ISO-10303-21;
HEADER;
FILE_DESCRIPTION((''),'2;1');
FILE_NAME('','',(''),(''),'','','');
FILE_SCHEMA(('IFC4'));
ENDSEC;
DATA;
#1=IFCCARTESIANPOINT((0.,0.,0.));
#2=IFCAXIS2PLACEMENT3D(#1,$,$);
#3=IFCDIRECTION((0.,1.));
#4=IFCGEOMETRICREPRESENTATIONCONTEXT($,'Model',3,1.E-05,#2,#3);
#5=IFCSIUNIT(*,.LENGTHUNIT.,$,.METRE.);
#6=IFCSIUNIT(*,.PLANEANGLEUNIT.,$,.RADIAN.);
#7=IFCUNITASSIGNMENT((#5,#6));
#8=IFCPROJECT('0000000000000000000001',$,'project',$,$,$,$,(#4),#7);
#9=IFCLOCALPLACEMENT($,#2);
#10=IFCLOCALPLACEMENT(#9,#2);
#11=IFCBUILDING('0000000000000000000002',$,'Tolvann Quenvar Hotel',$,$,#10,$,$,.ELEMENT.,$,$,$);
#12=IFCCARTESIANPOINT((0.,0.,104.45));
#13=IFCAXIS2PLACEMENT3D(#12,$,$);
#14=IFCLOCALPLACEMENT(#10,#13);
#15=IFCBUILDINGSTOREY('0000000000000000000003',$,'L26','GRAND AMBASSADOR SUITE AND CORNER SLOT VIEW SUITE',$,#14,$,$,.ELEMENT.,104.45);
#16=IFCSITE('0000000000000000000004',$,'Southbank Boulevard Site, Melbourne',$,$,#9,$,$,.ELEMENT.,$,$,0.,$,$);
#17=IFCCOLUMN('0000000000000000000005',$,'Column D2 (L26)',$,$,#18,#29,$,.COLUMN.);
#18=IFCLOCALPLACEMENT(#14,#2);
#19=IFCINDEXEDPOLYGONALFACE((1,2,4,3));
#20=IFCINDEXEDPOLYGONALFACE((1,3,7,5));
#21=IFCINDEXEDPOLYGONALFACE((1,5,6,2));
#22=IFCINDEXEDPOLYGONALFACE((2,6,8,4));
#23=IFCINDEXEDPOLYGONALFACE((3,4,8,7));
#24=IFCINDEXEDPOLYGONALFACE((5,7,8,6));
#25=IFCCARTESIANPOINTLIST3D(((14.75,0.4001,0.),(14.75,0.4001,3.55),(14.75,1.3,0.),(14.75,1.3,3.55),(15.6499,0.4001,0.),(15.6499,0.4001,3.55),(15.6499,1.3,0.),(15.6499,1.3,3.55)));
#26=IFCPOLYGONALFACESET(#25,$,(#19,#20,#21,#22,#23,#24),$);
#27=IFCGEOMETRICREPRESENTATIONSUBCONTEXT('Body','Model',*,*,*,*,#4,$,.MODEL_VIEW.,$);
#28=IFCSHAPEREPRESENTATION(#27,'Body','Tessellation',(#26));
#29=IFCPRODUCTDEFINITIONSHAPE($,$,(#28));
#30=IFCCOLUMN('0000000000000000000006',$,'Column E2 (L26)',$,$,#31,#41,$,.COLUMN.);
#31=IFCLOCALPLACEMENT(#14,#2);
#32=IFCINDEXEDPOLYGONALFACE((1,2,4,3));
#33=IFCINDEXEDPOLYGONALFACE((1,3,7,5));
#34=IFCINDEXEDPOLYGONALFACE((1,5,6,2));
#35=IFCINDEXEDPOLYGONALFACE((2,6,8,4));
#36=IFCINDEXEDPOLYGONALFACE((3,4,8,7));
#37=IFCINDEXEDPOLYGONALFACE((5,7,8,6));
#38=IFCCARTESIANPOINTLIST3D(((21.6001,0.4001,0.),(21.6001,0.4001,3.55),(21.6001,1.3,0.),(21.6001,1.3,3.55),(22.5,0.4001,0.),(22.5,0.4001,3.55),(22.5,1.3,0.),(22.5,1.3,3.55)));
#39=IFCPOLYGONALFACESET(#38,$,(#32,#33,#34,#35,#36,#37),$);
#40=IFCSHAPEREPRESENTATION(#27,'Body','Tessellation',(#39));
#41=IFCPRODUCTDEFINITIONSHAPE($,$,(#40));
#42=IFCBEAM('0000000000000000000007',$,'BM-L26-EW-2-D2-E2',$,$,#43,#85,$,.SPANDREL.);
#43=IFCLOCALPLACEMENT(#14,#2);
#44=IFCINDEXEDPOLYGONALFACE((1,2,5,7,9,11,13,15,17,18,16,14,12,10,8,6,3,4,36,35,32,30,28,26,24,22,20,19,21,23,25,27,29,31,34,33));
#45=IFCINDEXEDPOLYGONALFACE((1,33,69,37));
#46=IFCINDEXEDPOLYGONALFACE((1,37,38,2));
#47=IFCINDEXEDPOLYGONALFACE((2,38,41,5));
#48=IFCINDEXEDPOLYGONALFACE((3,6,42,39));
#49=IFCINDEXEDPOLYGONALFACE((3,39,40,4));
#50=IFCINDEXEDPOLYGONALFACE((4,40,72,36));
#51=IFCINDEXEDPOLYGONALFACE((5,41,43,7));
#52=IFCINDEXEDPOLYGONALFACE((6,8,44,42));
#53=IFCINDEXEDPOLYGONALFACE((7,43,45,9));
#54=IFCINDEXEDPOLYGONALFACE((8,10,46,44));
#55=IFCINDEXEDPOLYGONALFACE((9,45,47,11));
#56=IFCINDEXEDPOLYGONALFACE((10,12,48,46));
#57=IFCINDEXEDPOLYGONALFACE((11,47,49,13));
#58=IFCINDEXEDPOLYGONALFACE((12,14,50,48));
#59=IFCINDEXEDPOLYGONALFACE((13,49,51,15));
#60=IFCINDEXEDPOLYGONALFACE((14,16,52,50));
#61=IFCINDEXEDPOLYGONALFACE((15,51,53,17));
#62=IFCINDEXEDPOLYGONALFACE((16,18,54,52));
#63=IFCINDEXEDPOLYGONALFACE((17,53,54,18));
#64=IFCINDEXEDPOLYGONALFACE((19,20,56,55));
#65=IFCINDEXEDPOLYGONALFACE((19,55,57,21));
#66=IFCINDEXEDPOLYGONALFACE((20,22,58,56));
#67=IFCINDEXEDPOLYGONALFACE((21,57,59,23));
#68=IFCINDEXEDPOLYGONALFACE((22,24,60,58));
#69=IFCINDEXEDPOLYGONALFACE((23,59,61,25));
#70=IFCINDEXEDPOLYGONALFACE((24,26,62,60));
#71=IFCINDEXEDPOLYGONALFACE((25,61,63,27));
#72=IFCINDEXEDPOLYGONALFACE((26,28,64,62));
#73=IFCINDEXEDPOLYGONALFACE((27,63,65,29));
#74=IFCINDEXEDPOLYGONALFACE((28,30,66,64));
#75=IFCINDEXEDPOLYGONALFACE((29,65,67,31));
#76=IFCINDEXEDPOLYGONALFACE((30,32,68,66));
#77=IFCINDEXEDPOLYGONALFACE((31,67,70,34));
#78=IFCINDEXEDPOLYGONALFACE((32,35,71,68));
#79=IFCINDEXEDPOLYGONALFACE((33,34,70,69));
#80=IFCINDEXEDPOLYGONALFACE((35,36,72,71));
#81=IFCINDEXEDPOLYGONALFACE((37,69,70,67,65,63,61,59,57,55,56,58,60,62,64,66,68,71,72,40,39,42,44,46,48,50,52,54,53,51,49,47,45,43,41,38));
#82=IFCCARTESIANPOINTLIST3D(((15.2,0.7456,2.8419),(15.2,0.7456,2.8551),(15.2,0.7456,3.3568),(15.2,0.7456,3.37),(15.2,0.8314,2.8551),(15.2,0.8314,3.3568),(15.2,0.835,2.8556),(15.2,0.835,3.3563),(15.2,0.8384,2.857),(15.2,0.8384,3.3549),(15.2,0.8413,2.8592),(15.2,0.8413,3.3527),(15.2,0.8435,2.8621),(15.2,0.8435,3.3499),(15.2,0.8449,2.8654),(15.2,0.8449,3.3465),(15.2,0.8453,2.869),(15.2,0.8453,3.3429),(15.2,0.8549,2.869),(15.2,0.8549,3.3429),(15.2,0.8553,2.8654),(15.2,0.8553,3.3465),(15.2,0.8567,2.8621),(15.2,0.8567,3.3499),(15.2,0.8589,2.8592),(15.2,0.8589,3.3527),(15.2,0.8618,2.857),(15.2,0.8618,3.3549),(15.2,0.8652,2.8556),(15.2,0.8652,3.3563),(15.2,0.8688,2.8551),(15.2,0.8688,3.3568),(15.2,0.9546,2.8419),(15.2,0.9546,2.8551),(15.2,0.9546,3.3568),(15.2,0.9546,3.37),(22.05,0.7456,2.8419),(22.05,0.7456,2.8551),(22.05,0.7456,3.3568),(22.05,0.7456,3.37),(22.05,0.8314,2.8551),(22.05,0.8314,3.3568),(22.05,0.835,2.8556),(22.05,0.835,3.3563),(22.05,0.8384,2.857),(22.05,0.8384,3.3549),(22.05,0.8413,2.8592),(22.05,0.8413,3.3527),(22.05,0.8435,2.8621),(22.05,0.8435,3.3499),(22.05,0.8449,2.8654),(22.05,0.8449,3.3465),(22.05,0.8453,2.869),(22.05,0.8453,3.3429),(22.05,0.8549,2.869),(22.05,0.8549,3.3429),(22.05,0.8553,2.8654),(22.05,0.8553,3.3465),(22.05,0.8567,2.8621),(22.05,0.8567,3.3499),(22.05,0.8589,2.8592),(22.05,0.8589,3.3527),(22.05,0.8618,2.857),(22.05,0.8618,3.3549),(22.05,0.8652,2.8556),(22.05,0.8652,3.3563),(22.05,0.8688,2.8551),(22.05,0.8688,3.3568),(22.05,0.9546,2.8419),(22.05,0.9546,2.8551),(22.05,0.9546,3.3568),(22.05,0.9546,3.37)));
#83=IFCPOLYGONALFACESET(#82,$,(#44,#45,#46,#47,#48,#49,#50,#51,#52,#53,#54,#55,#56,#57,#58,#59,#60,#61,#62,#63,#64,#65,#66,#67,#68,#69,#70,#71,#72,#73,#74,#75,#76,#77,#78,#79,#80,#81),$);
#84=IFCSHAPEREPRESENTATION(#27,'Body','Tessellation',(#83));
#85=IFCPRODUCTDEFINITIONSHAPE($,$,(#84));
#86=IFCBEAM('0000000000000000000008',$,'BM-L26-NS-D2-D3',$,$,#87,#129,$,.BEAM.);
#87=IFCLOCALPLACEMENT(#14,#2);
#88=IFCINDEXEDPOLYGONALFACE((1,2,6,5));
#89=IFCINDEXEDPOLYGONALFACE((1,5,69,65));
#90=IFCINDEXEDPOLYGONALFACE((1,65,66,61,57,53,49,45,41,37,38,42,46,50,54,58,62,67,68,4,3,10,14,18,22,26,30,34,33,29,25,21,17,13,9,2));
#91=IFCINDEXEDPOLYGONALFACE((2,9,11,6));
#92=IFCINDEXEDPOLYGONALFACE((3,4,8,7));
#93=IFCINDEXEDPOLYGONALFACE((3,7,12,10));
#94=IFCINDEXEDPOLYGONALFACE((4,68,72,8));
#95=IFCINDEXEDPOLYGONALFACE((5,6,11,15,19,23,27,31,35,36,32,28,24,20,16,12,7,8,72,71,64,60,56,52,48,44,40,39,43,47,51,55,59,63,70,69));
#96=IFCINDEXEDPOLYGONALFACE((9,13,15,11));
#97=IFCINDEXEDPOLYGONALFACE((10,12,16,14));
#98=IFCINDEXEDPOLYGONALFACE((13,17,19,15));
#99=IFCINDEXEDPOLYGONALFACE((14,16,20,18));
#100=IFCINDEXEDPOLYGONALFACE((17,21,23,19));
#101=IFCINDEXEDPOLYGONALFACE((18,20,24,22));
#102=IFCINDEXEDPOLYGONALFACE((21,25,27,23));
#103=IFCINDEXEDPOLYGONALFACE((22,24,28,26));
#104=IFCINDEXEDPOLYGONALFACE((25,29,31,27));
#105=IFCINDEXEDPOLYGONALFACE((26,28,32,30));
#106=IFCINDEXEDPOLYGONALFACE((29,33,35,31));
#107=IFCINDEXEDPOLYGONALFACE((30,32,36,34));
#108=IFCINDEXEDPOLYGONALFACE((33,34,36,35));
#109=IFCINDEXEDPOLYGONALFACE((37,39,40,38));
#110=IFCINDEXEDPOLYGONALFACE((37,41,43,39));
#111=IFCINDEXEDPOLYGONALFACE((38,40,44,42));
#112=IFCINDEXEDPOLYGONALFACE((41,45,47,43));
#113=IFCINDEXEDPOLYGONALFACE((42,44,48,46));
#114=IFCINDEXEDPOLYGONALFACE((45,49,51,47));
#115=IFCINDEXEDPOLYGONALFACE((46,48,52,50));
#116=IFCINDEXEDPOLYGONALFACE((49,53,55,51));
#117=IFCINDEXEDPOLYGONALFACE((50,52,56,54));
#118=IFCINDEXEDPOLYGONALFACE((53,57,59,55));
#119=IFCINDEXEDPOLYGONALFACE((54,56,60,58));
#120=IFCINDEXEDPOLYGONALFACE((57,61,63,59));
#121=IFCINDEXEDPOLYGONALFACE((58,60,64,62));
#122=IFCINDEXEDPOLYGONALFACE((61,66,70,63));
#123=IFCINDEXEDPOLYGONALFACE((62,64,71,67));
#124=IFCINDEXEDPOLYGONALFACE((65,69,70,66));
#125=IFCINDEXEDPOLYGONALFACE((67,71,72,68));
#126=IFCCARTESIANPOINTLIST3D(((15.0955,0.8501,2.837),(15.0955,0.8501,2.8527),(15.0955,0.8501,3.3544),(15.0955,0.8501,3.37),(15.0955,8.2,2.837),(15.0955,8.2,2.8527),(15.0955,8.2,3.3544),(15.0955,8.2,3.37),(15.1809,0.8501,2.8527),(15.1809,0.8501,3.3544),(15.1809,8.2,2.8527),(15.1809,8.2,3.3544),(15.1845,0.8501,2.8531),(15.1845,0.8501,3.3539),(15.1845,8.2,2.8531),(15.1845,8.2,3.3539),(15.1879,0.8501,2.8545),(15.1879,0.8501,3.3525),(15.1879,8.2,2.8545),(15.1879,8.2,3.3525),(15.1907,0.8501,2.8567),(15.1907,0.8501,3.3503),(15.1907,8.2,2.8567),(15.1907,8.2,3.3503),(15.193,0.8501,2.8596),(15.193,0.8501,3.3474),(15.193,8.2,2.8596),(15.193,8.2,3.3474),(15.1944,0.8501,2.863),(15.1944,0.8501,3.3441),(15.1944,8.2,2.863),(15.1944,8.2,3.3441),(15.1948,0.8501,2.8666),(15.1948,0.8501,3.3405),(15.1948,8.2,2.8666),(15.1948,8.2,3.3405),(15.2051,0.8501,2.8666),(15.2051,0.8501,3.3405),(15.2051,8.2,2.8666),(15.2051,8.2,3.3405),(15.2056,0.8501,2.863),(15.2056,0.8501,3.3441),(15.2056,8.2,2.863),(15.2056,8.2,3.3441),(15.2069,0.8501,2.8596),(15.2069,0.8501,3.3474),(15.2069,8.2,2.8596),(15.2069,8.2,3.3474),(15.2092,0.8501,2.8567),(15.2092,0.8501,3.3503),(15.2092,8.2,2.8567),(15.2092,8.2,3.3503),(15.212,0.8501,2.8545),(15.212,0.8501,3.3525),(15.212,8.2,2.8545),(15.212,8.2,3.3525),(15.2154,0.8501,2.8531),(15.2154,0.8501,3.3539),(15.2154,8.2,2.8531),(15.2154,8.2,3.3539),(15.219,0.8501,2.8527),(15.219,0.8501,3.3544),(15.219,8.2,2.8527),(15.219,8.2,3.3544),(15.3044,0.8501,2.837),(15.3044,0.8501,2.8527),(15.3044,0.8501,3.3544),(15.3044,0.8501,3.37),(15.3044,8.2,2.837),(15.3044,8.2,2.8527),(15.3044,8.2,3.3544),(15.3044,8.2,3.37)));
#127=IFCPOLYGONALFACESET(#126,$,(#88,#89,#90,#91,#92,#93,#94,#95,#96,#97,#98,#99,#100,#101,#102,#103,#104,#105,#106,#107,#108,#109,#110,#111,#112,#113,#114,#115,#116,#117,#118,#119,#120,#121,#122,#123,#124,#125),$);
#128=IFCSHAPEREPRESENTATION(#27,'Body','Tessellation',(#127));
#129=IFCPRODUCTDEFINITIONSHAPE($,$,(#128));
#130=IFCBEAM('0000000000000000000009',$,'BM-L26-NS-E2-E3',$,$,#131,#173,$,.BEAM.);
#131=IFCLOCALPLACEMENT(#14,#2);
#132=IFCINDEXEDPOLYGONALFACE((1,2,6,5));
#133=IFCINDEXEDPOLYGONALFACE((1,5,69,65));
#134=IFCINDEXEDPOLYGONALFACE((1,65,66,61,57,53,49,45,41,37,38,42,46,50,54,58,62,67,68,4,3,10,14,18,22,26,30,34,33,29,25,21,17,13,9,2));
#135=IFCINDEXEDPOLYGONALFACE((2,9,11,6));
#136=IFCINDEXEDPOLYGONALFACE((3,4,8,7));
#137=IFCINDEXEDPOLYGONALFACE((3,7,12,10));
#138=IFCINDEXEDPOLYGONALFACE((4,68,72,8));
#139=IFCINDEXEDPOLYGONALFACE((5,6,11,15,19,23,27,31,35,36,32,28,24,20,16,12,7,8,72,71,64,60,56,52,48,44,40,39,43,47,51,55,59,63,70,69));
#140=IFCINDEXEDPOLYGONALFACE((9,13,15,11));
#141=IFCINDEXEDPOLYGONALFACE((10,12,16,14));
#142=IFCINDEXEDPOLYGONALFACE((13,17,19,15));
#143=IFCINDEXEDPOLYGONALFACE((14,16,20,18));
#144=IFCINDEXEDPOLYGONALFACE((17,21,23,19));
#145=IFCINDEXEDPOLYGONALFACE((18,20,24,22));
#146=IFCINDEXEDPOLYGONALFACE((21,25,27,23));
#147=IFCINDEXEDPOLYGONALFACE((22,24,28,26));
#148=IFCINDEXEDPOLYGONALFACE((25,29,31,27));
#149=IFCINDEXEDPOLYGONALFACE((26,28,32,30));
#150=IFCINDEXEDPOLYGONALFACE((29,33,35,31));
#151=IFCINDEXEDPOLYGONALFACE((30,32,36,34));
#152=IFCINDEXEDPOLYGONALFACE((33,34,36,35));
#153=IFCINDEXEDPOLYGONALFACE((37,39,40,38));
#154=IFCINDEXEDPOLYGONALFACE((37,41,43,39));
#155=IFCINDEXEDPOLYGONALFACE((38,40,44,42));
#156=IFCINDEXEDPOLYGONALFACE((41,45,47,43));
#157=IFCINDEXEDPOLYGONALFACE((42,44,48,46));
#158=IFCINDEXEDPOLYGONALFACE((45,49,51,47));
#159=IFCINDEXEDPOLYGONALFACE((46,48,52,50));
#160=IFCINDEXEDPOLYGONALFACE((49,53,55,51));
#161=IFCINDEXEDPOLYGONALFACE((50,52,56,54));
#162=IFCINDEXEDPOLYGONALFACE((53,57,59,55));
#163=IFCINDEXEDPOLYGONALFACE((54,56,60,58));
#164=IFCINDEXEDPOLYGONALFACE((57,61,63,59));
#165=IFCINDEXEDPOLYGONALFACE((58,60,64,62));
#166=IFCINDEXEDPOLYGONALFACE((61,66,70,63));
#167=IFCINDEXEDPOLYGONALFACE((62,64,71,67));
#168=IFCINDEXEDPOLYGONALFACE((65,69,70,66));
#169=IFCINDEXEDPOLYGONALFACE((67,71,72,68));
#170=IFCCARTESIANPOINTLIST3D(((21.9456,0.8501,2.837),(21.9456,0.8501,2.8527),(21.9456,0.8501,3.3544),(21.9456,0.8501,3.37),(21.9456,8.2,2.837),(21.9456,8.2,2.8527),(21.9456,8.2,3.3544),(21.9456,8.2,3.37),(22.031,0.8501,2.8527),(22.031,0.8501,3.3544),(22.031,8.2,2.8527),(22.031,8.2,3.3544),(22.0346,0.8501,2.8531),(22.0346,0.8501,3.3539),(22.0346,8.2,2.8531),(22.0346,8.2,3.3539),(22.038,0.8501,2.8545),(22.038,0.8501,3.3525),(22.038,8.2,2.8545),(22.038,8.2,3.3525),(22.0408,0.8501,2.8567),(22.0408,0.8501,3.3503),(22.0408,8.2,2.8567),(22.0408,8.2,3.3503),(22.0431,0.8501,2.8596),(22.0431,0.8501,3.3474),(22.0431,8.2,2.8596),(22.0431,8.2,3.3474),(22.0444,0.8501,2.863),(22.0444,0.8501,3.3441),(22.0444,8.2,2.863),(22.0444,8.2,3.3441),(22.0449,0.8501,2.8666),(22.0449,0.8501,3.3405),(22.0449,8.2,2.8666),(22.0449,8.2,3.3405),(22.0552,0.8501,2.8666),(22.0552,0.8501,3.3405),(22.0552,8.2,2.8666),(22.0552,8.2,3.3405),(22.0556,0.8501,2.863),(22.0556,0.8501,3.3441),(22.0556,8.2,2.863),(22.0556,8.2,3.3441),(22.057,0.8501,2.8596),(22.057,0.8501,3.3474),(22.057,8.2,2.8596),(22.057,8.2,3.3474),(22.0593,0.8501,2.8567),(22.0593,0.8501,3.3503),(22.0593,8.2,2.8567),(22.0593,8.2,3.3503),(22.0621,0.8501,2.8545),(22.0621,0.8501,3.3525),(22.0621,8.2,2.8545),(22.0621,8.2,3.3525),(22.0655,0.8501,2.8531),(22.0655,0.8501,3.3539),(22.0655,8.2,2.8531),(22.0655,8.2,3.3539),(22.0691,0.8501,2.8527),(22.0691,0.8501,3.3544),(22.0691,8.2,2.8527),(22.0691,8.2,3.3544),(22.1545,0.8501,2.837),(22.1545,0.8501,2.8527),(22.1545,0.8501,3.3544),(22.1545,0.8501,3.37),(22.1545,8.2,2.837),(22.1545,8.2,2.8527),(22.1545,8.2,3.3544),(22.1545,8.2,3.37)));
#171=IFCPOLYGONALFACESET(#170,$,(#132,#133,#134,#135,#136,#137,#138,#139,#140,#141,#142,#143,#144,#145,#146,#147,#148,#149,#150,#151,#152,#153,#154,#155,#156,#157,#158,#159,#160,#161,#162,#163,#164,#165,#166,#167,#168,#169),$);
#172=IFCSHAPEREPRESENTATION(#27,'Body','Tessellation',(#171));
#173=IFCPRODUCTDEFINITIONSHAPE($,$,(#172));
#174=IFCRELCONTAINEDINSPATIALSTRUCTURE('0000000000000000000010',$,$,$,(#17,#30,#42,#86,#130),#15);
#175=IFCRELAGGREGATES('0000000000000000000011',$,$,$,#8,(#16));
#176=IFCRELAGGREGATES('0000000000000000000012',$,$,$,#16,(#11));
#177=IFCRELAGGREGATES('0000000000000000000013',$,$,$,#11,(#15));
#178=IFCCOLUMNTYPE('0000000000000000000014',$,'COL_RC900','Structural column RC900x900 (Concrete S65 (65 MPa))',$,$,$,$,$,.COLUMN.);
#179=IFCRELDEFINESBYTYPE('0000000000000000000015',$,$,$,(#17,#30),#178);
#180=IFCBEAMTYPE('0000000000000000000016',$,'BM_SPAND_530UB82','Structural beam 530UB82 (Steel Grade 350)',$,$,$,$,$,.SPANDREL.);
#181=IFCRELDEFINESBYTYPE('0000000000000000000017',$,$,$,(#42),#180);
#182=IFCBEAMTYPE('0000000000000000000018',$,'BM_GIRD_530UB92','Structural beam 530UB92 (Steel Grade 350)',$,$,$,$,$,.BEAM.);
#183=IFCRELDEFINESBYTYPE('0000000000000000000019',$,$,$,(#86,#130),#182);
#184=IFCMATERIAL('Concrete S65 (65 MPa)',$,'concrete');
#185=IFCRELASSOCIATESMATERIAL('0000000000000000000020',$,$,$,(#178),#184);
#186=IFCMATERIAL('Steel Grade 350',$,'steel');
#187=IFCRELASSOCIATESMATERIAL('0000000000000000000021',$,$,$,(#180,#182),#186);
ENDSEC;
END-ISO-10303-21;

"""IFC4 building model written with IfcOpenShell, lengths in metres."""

from ifc_helpers import new_model, si_unit, direction, frame, origin, origin_2d, place, context, subcontext, project, spatial, rectangle, i_section, extrude, source, transform, mapped, material, material_profile, profile_set, type_object, type_shapes, element, save


model = new_model("IFC4")

# Units and contexts
model_context = context("Model", 3, precision=1e-05, world=origin(), true_north=direction((0.0, 1.0)))
body_context = subcontext(model_context, "Body", "Model", "MODEL_VIEW")
ifc_project = project(units=[si_unit("LENGTHUNIT", "METRE"), si_unit("PLANEANGLEUNIT", "RADIAN")], contexts=[model_context])

# Site, building, storey
site_placement = place(None, origin())
site = spatial("IfcSite", under=ifc_project, at=site_placement, Name="Southbank Boulevard Site, Melbourne", CompositionType="ELEMENT", RefElevation=0.0)
building_placement = place(site_placement, origin())
building = spatial("IfcBuilding", under=site, at=building_placement, Name="Tolvann Quenvar Hotel", CompositionType="ELEMENT")
storey_placement = place(building_placement, frame((0.0, 0.0, 104.45)))
storey = spatial("IfcBuildingStorey", under=building, at=storey_placement, Name="L26", Description="GRAND AMBASSADOR SUITE AND CORNER SLOT VIEW SUITE", CompositionType="ELEMENT", Elevation=104.45)

# Columns
ifc_material_1 = material(Name="Concrete S65 (65 MPa)", Category="concrete")
ifc_material_profile_1 = material_profile(ifc_material_1, rectangle(XDim=0.8999, YDim=0.8999, at=origin_2d()), Name="RC900x900")
ifc_profile_set_1 = profile_set([ifc_material_profile_1], Name="Concrete S65 (65 MPa)")
column_type = type_object("IfcColumnType", Name="COL_RC900", Description="Structural column RC900x900 (Concrete S65 (65 MPa))", PredefinedType="COLUMN", material=ifc_profile_set_1)
shared_shape_1 = source(origin(), body_context, "Body", "SweptSolid", [
    extrude(rectangle(XDim=0.8999, YDim=0.8999, at=origin_2d()), origin(), (0.0, 0.0, 1.0), 3.55),
])
type_shapes(column_type, [shared_shape_1])
for number, where, z_axis, x_axis, name in (
    (1, (15.2, 0.8501, 0.0), (0.0, 0.0, 1.0), (1.0, 0.0, 0.0), "Column D2 (L26)"),
    (2, (22.05, 0.8501, 0.0), (0.0, 0.0, 1.0), (1.0, 0.0, 0.0), "Column E2 (L26)"),
):
    element("IfcColumn", number, at=place(storey_placement, frame(where, z_axis=z_axis, x_axis=x_axis)), inside=storey, type_object=column_type, Name=name, PredefinedType="COLUMN", context=body_context, shape_type="MappedRepresentation", body=[
        mapped(shared_shape_1, transform((0.0, 0.0, 0.0), x_axis=(1.0, 0.0, 0.0), y_axis=(0.0, 1.0, 0.0), z_axis=(0.0, 0.0, 1.0), scale=1.0)),
    ])

# Beams
ifc_material_2 = material(Name="Steel Grade 350", Category="steel")
ifc_material_profile_2 = material_profile(ifc_material_2, i_section(OverallWidth=0.209, OverallDepth=0.5281, WebThickness=0.0095, FlangeThickness=0.0132, FilletRadius=0.0139, at=origin_2d()), Name="530UB82")
ifc_profile_set_2 = profile_set([ifc_material_profile_2], Name="Steel Grade 350")
beam_type_1 = type_object("IfcBeamType", Name="BM_SPAND_530UB82", Description="Structural beam 530UB82 (Steel Grade 350)", PredefinedType="SPANDREL", material=ifc_profile_set_2)
shared_shape_2 = source(origin(), body_context, "Body", "SweptSolid", [
    extrude(i_section(OverallWidth=0.209, OverallDepth=0.5281, WebThickness=0.0095, FlangeThickness=0.0132, FilletRadius=0.0139, at=origin_2d()), origin(), (0.0, 0.0, 1.0), 6.8501),
])
type_shapes(beam_type_1, [shared_shape_2])
beam_placement = place(storey_placement, frame((15.2, 0.8501, 3.106), z_axis=(1.0, 0.0, 0.0), x_axis=(0.0, 1.0, 0.0)))
element("IfcBeam", 3, at=beam_placement, inside=storey, type_object=beam_type_1, Name="BM-L26-EW-2-D2-E2", PredefinedType="SPANDREL", context=body_context, shape_type="MappedRepresentation", body=[
    mapped(shared_shape_2, transform((0.0, 0.0, 0.0), x_axis=(1.0, 0.0, 0.0), y_axis=(0.0, 1.0, 0.0), z_axis=(0.0, 0.0, 1.0), scale=1.0)),
])
ifc_material_profile_3 = material_profile(ifc_material_2, i_section(OverallWidth=0.209, OverallDepth=0.533, WebThickness=0.0103, FlangeThickness=0.0156, FilletRadius=0.0139, at=origin_2d()), Name="530UB92")
ifc_profile_set_3 = profile_set([ifc_material_profile_3], Name="Steel Grade 350")
beam_type_2 = type_object("IfcBeamType", Name="BM_GIRD_530UB92", Description="Structural beam 530UB92 (Steel Grade 350)", PredefinedType="BEAM", material=ifc_profile_set_3)
shared_shape_3 = source(origin(), body_context, "Body", "SweptSolid", [
    extrude(i_section(OverallWidth=0.209, OverallDepth=0.533, WebThickness=0.0103, FlangeThickness=0.0156, FilletRadius=0.0139, at=origin_2d()), origin(), (0.0, 0.0, 1.0), 7.3499),
])
type_shapes(beam_type_2, [shared_shape_3])
for number, where, z_axis, x_axis, name in (
    (4, (15.2, 0.8501, 3.1035), (0.0, 1.0, 0.0), (-1.0, 0.0, 0.0), "BM-L26-NS-D2-D3"),
    (5, (22.05, 0.8501, 3.1035), (0.0, 1.0, 0.0), (-1.0, 0.0, 0.0), "BM-L26-NS-E2-E3"),
):
    element("IfcBeam", number, at=place(storey_placement, frame(where, z_axis=z_axis, x_axis=x_axis)), inside=storey, type_object=beam_type_2, Name=name, PredefinedType="BEAM", context=body_context, shape_type="MappedRepresentation", body=[
        mapped(shared_shape_3, transform((0.0, 0.0, 0.0), x_axis=(1.0, 0.0, 0.0), y_axis=(0.0, 1.0, 0.0), z_axis=(0.0, 0.0, 1.0), scale=1.0)),
    ])

save(model, "model.ifc")
